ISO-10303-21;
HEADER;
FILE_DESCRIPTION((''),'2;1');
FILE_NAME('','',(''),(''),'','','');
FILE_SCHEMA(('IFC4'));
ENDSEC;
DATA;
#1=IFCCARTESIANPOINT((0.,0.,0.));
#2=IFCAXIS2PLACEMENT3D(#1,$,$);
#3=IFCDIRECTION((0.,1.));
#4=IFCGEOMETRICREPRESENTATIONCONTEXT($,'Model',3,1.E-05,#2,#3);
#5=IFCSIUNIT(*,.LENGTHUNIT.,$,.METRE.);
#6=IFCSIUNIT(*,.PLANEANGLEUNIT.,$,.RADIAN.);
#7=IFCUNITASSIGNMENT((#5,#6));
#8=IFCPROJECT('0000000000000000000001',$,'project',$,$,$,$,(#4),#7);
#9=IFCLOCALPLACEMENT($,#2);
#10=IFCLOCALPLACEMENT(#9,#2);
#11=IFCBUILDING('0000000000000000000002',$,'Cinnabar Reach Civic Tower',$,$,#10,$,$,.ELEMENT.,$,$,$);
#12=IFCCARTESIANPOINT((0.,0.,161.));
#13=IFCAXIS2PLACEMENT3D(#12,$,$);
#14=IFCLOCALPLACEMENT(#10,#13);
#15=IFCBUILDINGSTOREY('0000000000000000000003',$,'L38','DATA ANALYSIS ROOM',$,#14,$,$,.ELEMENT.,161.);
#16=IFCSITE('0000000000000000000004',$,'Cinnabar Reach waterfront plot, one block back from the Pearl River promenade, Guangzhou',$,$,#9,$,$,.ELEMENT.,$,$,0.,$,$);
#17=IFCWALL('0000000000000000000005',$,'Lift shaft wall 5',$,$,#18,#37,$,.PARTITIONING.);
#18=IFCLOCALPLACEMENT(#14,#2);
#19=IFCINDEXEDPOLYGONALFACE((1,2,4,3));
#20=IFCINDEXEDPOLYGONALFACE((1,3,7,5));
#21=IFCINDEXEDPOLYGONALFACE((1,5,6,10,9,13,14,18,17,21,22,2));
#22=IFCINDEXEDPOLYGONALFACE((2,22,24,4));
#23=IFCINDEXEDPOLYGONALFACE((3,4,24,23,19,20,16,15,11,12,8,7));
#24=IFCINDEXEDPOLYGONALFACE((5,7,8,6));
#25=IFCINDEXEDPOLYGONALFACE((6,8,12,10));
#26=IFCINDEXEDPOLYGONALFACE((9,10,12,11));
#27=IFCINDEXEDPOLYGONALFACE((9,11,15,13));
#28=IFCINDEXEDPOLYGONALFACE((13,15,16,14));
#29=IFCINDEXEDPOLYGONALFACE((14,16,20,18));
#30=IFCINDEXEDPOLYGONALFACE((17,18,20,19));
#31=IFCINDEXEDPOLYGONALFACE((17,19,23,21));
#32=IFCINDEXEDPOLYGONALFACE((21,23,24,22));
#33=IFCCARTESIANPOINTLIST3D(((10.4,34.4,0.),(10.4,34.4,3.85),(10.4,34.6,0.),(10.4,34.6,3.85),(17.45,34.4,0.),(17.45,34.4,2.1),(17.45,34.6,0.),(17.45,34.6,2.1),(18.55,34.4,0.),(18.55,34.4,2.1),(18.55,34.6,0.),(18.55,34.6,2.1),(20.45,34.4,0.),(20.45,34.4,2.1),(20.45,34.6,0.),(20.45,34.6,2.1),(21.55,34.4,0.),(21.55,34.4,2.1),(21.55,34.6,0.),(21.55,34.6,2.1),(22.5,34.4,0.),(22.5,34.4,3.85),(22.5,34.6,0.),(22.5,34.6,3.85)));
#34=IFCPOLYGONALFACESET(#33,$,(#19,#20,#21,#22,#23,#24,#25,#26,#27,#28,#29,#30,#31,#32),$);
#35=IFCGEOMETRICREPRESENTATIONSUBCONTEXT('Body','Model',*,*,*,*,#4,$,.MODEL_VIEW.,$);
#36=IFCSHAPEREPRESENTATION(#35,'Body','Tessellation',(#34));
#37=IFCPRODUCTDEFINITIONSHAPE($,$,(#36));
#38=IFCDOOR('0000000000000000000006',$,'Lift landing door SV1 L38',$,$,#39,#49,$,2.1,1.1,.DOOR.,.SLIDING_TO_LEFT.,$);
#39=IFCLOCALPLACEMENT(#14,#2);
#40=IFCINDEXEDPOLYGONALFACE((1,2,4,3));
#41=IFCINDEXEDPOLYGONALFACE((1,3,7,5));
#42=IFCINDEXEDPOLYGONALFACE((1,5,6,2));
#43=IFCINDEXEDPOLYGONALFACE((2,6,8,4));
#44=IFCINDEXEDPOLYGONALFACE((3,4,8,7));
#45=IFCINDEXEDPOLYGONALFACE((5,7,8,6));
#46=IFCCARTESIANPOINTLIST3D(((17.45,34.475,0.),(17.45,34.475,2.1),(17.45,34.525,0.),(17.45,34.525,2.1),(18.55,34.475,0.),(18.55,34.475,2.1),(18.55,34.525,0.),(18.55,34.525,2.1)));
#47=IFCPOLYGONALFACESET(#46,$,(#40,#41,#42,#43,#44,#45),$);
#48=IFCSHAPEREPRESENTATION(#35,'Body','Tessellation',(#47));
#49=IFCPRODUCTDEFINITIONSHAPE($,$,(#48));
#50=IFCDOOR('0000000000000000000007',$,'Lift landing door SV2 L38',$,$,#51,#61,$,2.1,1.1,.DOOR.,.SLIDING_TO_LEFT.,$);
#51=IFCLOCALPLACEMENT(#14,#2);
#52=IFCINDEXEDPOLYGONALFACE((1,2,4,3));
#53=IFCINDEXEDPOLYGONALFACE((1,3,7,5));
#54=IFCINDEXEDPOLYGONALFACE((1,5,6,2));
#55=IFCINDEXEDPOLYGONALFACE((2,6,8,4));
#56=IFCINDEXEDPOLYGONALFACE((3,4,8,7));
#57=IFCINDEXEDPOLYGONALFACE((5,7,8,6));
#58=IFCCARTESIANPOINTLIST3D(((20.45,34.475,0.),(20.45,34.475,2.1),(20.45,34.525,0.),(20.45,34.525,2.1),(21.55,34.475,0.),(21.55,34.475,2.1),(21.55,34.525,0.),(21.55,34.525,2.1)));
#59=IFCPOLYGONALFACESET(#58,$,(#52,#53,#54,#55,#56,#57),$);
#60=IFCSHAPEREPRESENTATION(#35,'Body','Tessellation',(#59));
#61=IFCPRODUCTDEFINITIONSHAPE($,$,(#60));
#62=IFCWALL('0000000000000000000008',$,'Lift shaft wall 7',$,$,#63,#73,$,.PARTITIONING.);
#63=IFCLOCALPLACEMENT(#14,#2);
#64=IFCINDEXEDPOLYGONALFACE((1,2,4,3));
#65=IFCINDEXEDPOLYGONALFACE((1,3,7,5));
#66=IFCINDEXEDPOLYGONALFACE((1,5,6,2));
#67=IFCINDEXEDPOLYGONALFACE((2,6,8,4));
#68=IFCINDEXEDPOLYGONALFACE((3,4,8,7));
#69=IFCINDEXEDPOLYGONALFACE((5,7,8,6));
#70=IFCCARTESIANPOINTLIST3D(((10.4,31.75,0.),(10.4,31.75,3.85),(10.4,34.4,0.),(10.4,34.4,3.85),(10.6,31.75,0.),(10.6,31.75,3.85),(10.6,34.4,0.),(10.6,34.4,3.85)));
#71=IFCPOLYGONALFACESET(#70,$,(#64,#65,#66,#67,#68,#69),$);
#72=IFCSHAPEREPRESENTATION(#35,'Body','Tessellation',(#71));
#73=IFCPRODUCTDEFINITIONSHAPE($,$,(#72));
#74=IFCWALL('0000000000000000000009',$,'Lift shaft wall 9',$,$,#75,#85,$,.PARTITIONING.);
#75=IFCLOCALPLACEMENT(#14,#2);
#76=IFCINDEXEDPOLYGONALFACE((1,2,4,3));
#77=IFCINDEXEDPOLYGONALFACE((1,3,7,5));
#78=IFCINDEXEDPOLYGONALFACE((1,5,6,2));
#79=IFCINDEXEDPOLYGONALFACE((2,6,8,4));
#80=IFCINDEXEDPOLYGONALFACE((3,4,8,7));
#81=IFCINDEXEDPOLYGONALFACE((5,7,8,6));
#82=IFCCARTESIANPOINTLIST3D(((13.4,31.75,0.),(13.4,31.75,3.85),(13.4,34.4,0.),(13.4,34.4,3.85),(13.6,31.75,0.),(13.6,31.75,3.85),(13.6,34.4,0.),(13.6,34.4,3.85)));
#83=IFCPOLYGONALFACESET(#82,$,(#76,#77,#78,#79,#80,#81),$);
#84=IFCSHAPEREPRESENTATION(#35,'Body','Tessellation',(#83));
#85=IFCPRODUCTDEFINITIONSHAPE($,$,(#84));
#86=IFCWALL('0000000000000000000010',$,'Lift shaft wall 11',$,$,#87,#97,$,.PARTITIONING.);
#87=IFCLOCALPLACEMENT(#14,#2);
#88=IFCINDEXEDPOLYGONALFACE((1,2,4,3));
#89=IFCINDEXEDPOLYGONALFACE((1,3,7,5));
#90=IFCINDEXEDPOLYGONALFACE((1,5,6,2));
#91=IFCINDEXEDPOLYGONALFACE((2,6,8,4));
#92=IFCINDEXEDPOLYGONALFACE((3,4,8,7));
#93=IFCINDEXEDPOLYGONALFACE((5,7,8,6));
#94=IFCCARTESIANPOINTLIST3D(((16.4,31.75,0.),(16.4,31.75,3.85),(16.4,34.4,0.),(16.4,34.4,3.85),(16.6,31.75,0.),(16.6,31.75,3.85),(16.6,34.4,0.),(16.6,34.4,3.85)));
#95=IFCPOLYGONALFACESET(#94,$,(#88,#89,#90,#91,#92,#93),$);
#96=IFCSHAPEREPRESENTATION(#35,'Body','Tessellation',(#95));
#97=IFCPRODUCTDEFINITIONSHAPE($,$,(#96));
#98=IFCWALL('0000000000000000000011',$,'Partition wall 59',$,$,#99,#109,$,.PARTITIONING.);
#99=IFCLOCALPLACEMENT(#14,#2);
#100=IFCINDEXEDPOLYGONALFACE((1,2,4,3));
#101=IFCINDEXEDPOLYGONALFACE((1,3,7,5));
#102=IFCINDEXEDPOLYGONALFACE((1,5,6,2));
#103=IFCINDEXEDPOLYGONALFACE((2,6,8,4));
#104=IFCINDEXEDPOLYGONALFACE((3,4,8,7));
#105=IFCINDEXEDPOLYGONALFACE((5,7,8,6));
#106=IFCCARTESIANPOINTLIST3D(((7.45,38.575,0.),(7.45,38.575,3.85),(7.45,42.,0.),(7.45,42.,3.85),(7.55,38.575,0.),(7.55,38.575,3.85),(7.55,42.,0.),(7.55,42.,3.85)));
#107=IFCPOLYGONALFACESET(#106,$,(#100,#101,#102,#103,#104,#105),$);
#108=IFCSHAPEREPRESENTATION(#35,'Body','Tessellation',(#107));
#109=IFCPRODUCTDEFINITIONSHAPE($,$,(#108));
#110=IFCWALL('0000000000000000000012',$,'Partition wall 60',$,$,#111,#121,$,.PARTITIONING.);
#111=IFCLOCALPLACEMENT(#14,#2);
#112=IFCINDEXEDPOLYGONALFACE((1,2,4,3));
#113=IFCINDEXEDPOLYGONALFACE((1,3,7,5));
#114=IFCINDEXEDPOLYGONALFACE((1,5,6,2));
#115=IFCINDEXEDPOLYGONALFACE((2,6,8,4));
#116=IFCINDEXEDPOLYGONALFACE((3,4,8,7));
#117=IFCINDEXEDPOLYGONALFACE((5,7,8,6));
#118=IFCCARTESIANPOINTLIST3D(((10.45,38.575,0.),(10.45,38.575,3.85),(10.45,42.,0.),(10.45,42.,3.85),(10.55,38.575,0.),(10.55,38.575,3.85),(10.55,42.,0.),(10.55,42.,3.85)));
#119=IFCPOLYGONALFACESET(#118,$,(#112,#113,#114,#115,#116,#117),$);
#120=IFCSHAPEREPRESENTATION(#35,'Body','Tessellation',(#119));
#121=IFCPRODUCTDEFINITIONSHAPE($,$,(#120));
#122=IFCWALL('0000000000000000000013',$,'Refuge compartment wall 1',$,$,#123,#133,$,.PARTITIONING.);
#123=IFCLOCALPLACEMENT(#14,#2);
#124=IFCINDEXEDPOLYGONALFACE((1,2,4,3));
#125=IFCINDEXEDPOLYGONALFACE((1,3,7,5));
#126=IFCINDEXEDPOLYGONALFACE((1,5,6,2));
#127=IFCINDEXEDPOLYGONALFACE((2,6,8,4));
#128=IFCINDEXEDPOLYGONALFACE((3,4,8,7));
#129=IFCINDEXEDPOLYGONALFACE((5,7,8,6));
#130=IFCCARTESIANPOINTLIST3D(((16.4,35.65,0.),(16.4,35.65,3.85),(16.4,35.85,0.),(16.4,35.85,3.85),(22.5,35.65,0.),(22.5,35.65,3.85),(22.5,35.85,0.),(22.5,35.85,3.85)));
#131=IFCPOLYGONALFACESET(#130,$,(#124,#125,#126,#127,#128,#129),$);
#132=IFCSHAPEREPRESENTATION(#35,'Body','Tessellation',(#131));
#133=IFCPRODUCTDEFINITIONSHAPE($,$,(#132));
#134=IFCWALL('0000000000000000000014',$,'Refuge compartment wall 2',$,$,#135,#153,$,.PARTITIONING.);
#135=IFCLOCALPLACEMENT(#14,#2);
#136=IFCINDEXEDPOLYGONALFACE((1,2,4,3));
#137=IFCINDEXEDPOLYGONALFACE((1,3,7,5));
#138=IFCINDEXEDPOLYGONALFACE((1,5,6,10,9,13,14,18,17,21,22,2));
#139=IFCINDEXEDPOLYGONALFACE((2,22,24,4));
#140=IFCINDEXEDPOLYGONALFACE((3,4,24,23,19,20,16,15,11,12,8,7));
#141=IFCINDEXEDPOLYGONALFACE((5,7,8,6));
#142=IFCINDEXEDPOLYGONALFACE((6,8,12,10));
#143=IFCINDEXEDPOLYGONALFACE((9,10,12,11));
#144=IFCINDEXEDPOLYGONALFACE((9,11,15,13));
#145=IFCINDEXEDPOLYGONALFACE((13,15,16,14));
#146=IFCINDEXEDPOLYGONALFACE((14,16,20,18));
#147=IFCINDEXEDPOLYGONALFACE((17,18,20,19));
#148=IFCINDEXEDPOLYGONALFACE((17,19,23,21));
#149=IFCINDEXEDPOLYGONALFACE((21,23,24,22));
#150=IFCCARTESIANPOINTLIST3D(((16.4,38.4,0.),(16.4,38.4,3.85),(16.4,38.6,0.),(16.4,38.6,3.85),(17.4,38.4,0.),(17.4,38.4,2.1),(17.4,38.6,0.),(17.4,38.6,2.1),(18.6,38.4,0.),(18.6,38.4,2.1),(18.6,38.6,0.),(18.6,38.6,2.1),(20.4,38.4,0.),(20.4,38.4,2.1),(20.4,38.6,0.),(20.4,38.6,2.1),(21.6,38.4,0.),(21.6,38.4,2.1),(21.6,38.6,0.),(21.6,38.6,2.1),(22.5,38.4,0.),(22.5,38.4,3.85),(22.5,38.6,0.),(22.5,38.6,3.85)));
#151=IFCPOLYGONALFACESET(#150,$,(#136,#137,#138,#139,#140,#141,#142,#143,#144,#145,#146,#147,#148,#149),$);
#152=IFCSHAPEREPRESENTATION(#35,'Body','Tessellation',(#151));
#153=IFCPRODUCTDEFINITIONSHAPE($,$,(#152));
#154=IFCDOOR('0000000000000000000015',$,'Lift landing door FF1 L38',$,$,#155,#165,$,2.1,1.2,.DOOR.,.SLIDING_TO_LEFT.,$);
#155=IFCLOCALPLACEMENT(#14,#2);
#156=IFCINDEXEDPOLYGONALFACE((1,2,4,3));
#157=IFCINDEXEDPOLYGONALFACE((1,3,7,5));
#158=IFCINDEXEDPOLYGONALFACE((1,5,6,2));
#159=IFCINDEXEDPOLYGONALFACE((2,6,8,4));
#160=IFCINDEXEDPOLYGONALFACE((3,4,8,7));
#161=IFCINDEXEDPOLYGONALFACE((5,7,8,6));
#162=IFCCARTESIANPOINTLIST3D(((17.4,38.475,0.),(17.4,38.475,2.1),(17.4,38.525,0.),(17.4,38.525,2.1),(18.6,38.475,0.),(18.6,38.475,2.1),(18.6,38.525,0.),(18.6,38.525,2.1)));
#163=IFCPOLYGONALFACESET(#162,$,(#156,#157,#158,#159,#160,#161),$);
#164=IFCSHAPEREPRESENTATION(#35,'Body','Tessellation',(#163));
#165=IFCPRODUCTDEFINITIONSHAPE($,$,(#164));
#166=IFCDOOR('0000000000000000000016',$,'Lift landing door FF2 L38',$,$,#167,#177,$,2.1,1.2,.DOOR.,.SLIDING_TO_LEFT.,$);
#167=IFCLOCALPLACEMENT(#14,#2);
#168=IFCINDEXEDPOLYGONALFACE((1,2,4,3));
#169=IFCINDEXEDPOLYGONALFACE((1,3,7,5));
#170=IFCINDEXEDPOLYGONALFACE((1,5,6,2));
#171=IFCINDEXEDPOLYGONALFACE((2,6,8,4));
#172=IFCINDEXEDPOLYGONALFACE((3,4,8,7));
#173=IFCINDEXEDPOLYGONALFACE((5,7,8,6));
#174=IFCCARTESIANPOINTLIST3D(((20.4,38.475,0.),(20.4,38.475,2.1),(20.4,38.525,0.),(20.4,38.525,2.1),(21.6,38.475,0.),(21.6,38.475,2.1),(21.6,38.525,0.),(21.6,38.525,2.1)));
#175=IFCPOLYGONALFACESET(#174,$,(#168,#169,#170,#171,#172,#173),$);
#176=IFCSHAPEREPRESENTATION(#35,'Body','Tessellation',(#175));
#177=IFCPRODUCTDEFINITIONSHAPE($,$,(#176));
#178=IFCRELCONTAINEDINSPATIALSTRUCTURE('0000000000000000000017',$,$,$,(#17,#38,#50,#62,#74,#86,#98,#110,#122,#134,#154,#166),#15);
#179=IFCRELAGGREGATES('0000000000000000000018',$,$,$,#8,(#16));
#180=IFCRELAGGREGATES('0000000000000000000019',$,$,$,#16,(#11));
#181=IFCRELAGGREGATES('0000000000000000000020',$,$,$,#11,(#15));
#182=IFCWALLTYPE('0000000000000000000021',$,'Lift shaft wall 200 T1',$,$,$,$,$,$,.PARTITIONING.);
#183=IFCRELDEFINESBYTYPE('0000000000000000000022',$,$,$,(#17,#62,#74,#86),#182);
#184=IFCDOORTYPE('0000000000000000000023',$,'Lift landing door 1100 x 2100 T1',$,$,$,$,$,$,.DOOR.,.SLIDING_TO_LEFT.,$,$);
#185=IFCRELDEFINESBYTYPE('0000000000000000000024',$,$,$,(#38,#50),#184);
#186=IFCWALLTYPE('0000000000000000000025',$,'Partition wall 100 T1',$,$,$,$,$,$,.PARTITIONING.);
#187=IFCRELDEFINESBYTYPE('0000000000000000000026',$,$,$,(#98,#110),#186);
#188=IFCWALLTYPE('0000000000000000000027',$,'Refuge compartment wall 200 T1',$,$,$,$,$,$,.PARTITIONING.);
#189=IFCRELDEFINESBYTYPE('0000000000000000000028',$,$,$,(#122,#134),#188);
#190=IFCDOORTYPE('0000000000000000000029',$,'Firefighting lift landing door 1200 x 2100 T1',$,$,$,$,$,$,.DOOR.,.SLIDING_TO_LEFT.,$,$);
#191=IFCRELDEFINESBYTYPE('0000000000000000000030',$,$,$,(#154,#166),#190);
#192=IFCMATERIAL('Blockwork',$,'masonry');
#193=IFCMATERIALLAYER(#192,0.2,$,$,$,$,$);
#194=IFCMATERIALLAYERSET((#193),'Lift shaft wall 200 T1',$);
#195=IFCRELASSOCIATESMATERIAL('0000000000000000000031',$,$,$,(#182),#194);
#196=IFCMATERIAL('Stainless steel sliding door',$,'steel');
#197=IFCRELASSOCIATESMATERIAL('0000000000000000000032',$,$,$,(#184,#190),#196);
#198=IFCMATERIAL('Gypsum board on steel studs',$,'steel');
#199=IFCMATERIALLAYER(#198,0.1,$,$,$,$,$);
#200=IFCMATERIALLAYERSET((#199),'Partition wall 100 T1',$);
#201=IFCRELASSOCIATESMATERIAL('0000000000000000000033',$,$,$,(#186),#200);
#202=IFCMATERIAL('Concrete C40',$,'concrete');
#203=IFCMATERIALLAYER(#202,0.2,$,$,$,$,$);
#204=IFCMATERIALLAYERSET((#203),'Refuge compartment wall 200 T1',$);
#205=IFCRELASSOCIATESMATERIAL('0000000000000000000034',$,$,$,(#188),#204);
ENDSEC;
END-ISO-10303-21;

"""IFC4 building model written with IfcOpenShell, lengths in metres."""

from ifc_helpers import new_model, si_unit, direction, frame, frame_2d, origin, place, context, subcontext, project, spatial, rectangle, extrude, material, layer, layer_set, type_object, element, fill, save


model = new_model("IFC4")

# Units and contexts
model_context = context("Model", 3, precision=1e-05, world=origin(), true_north=direction((0.0, 1.0)))
body_context = subcontext(model_context, "Body", "Model", "MODEL_VIEW")
ifc_project = project(units=[si_unit("LENGTHUNIT", "METRE"), si_unit("PLANEANGLEUNIT", "RADIAN")], contexts=[model_context])

# Site, building, storey
site_placement = place(None, origin())
site = spatial("IfcSite", under=ifc_project, at=site_placement, Name="Cinnabar Reach waterfront plot, one block back from the Pearl River promenade, Guangzhou", CompositionType="ELEMENT", RefElevation=0.0)
building_placement = place(site_placement, origin())
building = spatial("IfcBuilding", under=site, at=building_placement, Name="Cinnabar Reach Civic Tower", CompositionType="ELEMENT")
storey_placement = place(building_placement, frame((0.0, 0.0, 161.0)))
storey = spatial("IfcBuildingStorey", under=building, at=storey_placement, Name="L38", Description="DATA ANALYSIS ROOM", CompositionType="ELEMENT", Elevation=161.0)

# Wall, openings, doors
ifc_material_1 = material(Name="Blockwork", Category="masonry")
ifc_layer_1 = layer(ifc_material_1, 0.2)
ifc_layer_set_1 = layer_set([ifc_layer_1], Name="Lift shaft wall 200 T1")
wall_type_1 = type_object("IfcWallType", Name="Lift shaft wall 200 T1", PredefinedType="PARTITIONING", material=ifc_layer_set_1)
wall_1_placement = place(storey_placement, frame((10.4, 34.5, 0.0), z_axis=(0.0, 0.0, 1.0), x_axis=(1.0, 0.0, 0.0)))
wall_1 = element("IfcWall", 1, at=wall_1_placement, inside=storey, type_object=wall_type_1, Name="Lift shaft wall 5", PredefinedType="PARTITIONING", context=body_context, shape_type="SweptSolid", body=[
    extrude(rectangle(XDim=12.1, YDim=0.2, at=frame_2d((6.05, 0.0))), origin(), (0.0, 0.0, 1.0), 3.85),
])
opening_1_placement = place(wall_1_placement, frame((7.05, 0.0, 0.0)))
opening_1 = element("IfcOpeningElement", 2, at=opening_1_placement, cuts=wall_1, PredefinedType="OPENING", context=body_context, shape_type="SweptSolid", body=[
    extrude(rectangle(XDim=1.1, YDim=2.1, at=frame_2d((0.55, 1.05))), frame((0.0, 0.11, 0.0), z_axis=(0.0, -1.0, 0.0), x_axis=(1.0, 0.0, 0.0)), (0.0, 0.0, 1.0), 0.22),
])
opening_2_placement = place(wall_1_placement, frame((10.05, 0.0, 0.0)))
opening_2 = element("IfcOpeningElement", 3, at=opening_2_placement, cuts=wall_1, PredefinedType="OPENING", context=body_context, shape_type="SweptSolid", body=[
    extrude(rectangle(XDim=1.1, YDim=2.1, at=frame_2d((0.55, 1.05))), frame((0.0, 0.11, 0.0), z_axis=(0.0, -1.0, 0.0), x_axis=(1.0, 0.0, 0.0)), (0.0, 0.0, 1.0), 0.22),
])
ifc_material_2 = material(Name="Stainless steel sliding door", Category="steel")
door_type_1 = type_object("IfcDoorType", Name="Lift landing door 1100 x 2100 T1", OperationType="SLIDING_TO_LEFT", PredefinedType="DOOR", material=ifc_material_2)
door_1_placement = place(opening_1_placement, origin())
door_1 = element("IfcDoor", 4, at=door_1_placement, inside=storey, type_object=door_type_1, Name="Lift landing door SV1 L38", OperationType="SLIDING_TO_LEFT", OverallHeight=2.1, OverallWidth=1.1, PredefinedType="DOOR", context=body_context, shape_type="SweptSolid", body=[
    extrude(rectangle(XDim=1.1, YDim=2.1, at=frame_2d((0.55, 1.05))), frame((0.0, 0.025, 0.0), z_axis=(0.0, -1.0, 0.0), x_axis=(1.0, 0.0, 0.0)), (0.0, 0.0, 1.0), 0.05),
])
fill(opening_1, door_1)
door_2_placement = place(opening_2_placement, origin())
door_2 = element("IfcDoor", 5, at=door_2_placement, inside=storey, type_object=door_type_1, Name="Lift landing door SV2 L38", OperationType="SLIDING_TO_LEFT", OverallHeight=2.1, OverallWidth=1.1, PredefinedType="DOOR", context=body_context, shape_type="SweptSolid", body=[
    extrude(rectangle(XDim=1.1, YDim=2.1, at=frame_2d((0.55, 1.05))), frame((0.0, 0.025, 0.0), z_axis=(0.0, -1.0, 0.0), x_axis=(1.0, 0.0, 0.0)), (0.0, 0.0, 1.0), 0.05),
])
fill(opening_2, door_2)

# Walls
for number, where, z_axis, x_axis, name in (
    (6, (10.5, 31.75, 0.0), (0.0, 0.0, 1.0), (0.0, 1.0, 0.0), "Lift shaft wall 7"),
    (7, (13.5, 31.75, 0.0), (0.0, 0.0, 1.0), (0.0, 1.0, 0.0), "Lift shaft wall 9"),
    (8, (16.5, 31.75, 0.0), (0.0, 0.0, 1.0), (0.0, 1.0, 0.0), "Lift shaft wall 11"),
):
    element("IfcWall", number, at=place(storey_placement, frame(where, z_axis=z_axis, x_axis=x_axis)), inside=storey, type_object=wall_type_1, Name=name, PredefinedType="PARTITIONING", context=body_context, shape_type="SweptSolid", body=[
        extrude(rectangle(XDim=2.65, YDim=0.2, at=frame_2d((1.325, 0.0))), origin(), (0.0, 0.0, 1.0), 3.85),
    ])
ifc_material_3 = material(Name="Gypsum board on steel studs", Category="steel")
ifc_layer_2 = layer(ifc_material_3, 0.1)
ifc_layer_set_2 = layer_set([ifc_layer_2], Name="Partition wall 100 T1")
wall_type_2 = type_object("IfcWallType", Name="Partition wall 100 T1", PredefinedType="PARTITIONING", material=ifc_layer_set_2)
for number, where, z_axis, x_axis, name in (
    (9, (7.5, 38.575, 0.0), (0.0, 0.0, 1.0), (0.0, 1.0, 0.0), "Partition wall 59"),
    (10, (10.5, 38.575, 0.0), (0.0, 0.0, 1.0), (0.0, 1.0, 0.0), "Partition wall 60"),
):
    element("IfcWall", number, at=place(storey_placement, frame(where, z_axis=z_axis, x_axis=x_axis)), inside=storey, type_object=wall_type_2, Name=name, PredefinedType="PARTITIONING", context=body_context, shape_type="SweptSolid", body=[
        extrude(rectangle(XDim=3.425, YDim=0.1, at=frame_2d((1.7125, 0.0))), origin(), (0.0, 0.0, 1.0), 3.85),
    ])
ifc_material_4 = material(Name="Concrete C40", Category="concrete")
ifc_layer_3 = layer(ifc_material_4, 0.2)
ifc_layer_set_3 = layer_set([ifc_layer_3], Name="Refuge compartment wall 200 T1")
wall_type_3 = type_object("IfcWallType", Name="Refuge compartment wall 200 T1", PredefinedType="PARTITIONING", material=ifc_layer_set_3)
wall_2_placement = place(storey_placement, frame((16.4, 35.75, 0.0), z_axis=(0.0, 0.0, 1.0), x_axis=(1.0, 0.0, 0.0)))
element("IfcWall", 11, at=wall_2_placement, inside=storey, type_object=wall_type_3, Name="Refuge compartment wall 1", PredefinedType="PARTITIONING", context=body_context, shape_type="SweptSolid", body=[
    extrude(rectangle(XDim=6.1, YDim=0.2, at=frame_2d((3.05, 0.0))), origin(), (0.0, 0.0, 1.0), 3.85),
])

# Wall, openings, doors
wall_3_placement = place(storey_placement, frame((16.4, 38.5, 0.0), z_axis=(0.0, 0.0, 1.0), x_axis=(1.0, 0.0, 0.0)))
wall_3 = element("IfcWall", 12, at=wall_3_placement, inside=storey, type_object=wall_type_3, Name="Refuge compartment wall 2", PredefinedType="PARTITIONING", context=body_context, shape_type="SweptSolid", body=[
    extrude(rectangle(XDim=6.1, YDim=0.2, at=frame_2d((3.05, 0.0))), origin(), (0.0, 0.0, 1.0), 3.85),
])
opening_3_placement = place(wall_3_placement, frame((1.0, 0.0, 0.0)))
opening_3 = element("IfcOpeningElement", 13, at=opening_3_placement, cuts=wall_3, PredefinedType="OPENING", context=body_context, shape_type="SweptSolid", body=[
    extrude(rectangle(XDim=1.2, YDim=2.1, at=frame_2d((0.6, 1.05))), frame((0.0, 0.11, 0.0), z_axis=(0.0, -1.0, 0.0), x_axis=(1.0, 0.0, 0.0)), (0.0, 0.0, 1.0), 0.22),
])
opening_4_placement = place(wall_3_placement, frame((4.0, 0.0, 0.0)))
opening_4 = element("IfcOpeningElement", 14, at=opening_4_placement, cuts=wall_3, PredefinedType="OPENING", context=body_context, shape_type="SweptSolid", body=[
    extrude(rectangle(XDim=1.2, YDim=2.1, at=frame_2d((0.6, 1.05))), frame((0.0, 0.11, 0.0), z_axis=(0.0, -1.0, 0.0), x_axis=(1.0, 0.0, 0.0)), (0.0, 0.0, 1.0), 0.22),
])
door_type_2 = type_object("IfcDoorType", Name="Firefighting lift landing door 1200 x 2100 T1", OperationType="SLIDING_TO_LEFT", PredefinedType="DOOR", material=ifc_material_2)
door_3_placement = place(opening_3_placement, origin())
door_3 = element("IfcDoor", 15, at=door_3_placement, inside=storey, type_object=door_type_2, Name="Lift landing door FF1 L38", OperationType="SLIDING_TO_LEFT", OverallHeight=2.1, OverallWidth=1.2, PredefinedType="DOOR", context=body_context, shape_type="SweptSolid", body=[
    extrude(rectangle(XDim=1.2, YDim=2.1, at=frame_2d((0.6, 1.05))), frame((0.0, 0.025, 0.0), z_axis=(0.0, -1.0, 0.0), x_axis=(1.0, 0.0, 0.0)), (0.0, 0.0, 1.0), 0.05),
])
fill(opening_3, door_3)
door_4_placement = place(opening_4_placement, origin())
door_4 = element("IfcDoor", 16, at=door_4_placement, inside=storey, type_object=door_type_2, Name="Lift landing door FF2 L38", OperationType="SLIDING_TO_LEFT", OverallHeight=2.1, OverallWidth=1.2, PredefinedType="DOOR", context=body_context, shape_type="SweptSolid", body=[
    extrude(rectangle(XDim=1.2, YDim=2.1, at=frame_2d((0.6, 1.05))), frame((0.0, 0.025, 0.0), z_axis=(0.0, -1.0, 0.0), x_axis=(1.0, 0.0, 0.0)), (0.0, 0.0, 1.0), 0.05),
])
fill(opening_4, door_4)

save(model, "model.ifc")
